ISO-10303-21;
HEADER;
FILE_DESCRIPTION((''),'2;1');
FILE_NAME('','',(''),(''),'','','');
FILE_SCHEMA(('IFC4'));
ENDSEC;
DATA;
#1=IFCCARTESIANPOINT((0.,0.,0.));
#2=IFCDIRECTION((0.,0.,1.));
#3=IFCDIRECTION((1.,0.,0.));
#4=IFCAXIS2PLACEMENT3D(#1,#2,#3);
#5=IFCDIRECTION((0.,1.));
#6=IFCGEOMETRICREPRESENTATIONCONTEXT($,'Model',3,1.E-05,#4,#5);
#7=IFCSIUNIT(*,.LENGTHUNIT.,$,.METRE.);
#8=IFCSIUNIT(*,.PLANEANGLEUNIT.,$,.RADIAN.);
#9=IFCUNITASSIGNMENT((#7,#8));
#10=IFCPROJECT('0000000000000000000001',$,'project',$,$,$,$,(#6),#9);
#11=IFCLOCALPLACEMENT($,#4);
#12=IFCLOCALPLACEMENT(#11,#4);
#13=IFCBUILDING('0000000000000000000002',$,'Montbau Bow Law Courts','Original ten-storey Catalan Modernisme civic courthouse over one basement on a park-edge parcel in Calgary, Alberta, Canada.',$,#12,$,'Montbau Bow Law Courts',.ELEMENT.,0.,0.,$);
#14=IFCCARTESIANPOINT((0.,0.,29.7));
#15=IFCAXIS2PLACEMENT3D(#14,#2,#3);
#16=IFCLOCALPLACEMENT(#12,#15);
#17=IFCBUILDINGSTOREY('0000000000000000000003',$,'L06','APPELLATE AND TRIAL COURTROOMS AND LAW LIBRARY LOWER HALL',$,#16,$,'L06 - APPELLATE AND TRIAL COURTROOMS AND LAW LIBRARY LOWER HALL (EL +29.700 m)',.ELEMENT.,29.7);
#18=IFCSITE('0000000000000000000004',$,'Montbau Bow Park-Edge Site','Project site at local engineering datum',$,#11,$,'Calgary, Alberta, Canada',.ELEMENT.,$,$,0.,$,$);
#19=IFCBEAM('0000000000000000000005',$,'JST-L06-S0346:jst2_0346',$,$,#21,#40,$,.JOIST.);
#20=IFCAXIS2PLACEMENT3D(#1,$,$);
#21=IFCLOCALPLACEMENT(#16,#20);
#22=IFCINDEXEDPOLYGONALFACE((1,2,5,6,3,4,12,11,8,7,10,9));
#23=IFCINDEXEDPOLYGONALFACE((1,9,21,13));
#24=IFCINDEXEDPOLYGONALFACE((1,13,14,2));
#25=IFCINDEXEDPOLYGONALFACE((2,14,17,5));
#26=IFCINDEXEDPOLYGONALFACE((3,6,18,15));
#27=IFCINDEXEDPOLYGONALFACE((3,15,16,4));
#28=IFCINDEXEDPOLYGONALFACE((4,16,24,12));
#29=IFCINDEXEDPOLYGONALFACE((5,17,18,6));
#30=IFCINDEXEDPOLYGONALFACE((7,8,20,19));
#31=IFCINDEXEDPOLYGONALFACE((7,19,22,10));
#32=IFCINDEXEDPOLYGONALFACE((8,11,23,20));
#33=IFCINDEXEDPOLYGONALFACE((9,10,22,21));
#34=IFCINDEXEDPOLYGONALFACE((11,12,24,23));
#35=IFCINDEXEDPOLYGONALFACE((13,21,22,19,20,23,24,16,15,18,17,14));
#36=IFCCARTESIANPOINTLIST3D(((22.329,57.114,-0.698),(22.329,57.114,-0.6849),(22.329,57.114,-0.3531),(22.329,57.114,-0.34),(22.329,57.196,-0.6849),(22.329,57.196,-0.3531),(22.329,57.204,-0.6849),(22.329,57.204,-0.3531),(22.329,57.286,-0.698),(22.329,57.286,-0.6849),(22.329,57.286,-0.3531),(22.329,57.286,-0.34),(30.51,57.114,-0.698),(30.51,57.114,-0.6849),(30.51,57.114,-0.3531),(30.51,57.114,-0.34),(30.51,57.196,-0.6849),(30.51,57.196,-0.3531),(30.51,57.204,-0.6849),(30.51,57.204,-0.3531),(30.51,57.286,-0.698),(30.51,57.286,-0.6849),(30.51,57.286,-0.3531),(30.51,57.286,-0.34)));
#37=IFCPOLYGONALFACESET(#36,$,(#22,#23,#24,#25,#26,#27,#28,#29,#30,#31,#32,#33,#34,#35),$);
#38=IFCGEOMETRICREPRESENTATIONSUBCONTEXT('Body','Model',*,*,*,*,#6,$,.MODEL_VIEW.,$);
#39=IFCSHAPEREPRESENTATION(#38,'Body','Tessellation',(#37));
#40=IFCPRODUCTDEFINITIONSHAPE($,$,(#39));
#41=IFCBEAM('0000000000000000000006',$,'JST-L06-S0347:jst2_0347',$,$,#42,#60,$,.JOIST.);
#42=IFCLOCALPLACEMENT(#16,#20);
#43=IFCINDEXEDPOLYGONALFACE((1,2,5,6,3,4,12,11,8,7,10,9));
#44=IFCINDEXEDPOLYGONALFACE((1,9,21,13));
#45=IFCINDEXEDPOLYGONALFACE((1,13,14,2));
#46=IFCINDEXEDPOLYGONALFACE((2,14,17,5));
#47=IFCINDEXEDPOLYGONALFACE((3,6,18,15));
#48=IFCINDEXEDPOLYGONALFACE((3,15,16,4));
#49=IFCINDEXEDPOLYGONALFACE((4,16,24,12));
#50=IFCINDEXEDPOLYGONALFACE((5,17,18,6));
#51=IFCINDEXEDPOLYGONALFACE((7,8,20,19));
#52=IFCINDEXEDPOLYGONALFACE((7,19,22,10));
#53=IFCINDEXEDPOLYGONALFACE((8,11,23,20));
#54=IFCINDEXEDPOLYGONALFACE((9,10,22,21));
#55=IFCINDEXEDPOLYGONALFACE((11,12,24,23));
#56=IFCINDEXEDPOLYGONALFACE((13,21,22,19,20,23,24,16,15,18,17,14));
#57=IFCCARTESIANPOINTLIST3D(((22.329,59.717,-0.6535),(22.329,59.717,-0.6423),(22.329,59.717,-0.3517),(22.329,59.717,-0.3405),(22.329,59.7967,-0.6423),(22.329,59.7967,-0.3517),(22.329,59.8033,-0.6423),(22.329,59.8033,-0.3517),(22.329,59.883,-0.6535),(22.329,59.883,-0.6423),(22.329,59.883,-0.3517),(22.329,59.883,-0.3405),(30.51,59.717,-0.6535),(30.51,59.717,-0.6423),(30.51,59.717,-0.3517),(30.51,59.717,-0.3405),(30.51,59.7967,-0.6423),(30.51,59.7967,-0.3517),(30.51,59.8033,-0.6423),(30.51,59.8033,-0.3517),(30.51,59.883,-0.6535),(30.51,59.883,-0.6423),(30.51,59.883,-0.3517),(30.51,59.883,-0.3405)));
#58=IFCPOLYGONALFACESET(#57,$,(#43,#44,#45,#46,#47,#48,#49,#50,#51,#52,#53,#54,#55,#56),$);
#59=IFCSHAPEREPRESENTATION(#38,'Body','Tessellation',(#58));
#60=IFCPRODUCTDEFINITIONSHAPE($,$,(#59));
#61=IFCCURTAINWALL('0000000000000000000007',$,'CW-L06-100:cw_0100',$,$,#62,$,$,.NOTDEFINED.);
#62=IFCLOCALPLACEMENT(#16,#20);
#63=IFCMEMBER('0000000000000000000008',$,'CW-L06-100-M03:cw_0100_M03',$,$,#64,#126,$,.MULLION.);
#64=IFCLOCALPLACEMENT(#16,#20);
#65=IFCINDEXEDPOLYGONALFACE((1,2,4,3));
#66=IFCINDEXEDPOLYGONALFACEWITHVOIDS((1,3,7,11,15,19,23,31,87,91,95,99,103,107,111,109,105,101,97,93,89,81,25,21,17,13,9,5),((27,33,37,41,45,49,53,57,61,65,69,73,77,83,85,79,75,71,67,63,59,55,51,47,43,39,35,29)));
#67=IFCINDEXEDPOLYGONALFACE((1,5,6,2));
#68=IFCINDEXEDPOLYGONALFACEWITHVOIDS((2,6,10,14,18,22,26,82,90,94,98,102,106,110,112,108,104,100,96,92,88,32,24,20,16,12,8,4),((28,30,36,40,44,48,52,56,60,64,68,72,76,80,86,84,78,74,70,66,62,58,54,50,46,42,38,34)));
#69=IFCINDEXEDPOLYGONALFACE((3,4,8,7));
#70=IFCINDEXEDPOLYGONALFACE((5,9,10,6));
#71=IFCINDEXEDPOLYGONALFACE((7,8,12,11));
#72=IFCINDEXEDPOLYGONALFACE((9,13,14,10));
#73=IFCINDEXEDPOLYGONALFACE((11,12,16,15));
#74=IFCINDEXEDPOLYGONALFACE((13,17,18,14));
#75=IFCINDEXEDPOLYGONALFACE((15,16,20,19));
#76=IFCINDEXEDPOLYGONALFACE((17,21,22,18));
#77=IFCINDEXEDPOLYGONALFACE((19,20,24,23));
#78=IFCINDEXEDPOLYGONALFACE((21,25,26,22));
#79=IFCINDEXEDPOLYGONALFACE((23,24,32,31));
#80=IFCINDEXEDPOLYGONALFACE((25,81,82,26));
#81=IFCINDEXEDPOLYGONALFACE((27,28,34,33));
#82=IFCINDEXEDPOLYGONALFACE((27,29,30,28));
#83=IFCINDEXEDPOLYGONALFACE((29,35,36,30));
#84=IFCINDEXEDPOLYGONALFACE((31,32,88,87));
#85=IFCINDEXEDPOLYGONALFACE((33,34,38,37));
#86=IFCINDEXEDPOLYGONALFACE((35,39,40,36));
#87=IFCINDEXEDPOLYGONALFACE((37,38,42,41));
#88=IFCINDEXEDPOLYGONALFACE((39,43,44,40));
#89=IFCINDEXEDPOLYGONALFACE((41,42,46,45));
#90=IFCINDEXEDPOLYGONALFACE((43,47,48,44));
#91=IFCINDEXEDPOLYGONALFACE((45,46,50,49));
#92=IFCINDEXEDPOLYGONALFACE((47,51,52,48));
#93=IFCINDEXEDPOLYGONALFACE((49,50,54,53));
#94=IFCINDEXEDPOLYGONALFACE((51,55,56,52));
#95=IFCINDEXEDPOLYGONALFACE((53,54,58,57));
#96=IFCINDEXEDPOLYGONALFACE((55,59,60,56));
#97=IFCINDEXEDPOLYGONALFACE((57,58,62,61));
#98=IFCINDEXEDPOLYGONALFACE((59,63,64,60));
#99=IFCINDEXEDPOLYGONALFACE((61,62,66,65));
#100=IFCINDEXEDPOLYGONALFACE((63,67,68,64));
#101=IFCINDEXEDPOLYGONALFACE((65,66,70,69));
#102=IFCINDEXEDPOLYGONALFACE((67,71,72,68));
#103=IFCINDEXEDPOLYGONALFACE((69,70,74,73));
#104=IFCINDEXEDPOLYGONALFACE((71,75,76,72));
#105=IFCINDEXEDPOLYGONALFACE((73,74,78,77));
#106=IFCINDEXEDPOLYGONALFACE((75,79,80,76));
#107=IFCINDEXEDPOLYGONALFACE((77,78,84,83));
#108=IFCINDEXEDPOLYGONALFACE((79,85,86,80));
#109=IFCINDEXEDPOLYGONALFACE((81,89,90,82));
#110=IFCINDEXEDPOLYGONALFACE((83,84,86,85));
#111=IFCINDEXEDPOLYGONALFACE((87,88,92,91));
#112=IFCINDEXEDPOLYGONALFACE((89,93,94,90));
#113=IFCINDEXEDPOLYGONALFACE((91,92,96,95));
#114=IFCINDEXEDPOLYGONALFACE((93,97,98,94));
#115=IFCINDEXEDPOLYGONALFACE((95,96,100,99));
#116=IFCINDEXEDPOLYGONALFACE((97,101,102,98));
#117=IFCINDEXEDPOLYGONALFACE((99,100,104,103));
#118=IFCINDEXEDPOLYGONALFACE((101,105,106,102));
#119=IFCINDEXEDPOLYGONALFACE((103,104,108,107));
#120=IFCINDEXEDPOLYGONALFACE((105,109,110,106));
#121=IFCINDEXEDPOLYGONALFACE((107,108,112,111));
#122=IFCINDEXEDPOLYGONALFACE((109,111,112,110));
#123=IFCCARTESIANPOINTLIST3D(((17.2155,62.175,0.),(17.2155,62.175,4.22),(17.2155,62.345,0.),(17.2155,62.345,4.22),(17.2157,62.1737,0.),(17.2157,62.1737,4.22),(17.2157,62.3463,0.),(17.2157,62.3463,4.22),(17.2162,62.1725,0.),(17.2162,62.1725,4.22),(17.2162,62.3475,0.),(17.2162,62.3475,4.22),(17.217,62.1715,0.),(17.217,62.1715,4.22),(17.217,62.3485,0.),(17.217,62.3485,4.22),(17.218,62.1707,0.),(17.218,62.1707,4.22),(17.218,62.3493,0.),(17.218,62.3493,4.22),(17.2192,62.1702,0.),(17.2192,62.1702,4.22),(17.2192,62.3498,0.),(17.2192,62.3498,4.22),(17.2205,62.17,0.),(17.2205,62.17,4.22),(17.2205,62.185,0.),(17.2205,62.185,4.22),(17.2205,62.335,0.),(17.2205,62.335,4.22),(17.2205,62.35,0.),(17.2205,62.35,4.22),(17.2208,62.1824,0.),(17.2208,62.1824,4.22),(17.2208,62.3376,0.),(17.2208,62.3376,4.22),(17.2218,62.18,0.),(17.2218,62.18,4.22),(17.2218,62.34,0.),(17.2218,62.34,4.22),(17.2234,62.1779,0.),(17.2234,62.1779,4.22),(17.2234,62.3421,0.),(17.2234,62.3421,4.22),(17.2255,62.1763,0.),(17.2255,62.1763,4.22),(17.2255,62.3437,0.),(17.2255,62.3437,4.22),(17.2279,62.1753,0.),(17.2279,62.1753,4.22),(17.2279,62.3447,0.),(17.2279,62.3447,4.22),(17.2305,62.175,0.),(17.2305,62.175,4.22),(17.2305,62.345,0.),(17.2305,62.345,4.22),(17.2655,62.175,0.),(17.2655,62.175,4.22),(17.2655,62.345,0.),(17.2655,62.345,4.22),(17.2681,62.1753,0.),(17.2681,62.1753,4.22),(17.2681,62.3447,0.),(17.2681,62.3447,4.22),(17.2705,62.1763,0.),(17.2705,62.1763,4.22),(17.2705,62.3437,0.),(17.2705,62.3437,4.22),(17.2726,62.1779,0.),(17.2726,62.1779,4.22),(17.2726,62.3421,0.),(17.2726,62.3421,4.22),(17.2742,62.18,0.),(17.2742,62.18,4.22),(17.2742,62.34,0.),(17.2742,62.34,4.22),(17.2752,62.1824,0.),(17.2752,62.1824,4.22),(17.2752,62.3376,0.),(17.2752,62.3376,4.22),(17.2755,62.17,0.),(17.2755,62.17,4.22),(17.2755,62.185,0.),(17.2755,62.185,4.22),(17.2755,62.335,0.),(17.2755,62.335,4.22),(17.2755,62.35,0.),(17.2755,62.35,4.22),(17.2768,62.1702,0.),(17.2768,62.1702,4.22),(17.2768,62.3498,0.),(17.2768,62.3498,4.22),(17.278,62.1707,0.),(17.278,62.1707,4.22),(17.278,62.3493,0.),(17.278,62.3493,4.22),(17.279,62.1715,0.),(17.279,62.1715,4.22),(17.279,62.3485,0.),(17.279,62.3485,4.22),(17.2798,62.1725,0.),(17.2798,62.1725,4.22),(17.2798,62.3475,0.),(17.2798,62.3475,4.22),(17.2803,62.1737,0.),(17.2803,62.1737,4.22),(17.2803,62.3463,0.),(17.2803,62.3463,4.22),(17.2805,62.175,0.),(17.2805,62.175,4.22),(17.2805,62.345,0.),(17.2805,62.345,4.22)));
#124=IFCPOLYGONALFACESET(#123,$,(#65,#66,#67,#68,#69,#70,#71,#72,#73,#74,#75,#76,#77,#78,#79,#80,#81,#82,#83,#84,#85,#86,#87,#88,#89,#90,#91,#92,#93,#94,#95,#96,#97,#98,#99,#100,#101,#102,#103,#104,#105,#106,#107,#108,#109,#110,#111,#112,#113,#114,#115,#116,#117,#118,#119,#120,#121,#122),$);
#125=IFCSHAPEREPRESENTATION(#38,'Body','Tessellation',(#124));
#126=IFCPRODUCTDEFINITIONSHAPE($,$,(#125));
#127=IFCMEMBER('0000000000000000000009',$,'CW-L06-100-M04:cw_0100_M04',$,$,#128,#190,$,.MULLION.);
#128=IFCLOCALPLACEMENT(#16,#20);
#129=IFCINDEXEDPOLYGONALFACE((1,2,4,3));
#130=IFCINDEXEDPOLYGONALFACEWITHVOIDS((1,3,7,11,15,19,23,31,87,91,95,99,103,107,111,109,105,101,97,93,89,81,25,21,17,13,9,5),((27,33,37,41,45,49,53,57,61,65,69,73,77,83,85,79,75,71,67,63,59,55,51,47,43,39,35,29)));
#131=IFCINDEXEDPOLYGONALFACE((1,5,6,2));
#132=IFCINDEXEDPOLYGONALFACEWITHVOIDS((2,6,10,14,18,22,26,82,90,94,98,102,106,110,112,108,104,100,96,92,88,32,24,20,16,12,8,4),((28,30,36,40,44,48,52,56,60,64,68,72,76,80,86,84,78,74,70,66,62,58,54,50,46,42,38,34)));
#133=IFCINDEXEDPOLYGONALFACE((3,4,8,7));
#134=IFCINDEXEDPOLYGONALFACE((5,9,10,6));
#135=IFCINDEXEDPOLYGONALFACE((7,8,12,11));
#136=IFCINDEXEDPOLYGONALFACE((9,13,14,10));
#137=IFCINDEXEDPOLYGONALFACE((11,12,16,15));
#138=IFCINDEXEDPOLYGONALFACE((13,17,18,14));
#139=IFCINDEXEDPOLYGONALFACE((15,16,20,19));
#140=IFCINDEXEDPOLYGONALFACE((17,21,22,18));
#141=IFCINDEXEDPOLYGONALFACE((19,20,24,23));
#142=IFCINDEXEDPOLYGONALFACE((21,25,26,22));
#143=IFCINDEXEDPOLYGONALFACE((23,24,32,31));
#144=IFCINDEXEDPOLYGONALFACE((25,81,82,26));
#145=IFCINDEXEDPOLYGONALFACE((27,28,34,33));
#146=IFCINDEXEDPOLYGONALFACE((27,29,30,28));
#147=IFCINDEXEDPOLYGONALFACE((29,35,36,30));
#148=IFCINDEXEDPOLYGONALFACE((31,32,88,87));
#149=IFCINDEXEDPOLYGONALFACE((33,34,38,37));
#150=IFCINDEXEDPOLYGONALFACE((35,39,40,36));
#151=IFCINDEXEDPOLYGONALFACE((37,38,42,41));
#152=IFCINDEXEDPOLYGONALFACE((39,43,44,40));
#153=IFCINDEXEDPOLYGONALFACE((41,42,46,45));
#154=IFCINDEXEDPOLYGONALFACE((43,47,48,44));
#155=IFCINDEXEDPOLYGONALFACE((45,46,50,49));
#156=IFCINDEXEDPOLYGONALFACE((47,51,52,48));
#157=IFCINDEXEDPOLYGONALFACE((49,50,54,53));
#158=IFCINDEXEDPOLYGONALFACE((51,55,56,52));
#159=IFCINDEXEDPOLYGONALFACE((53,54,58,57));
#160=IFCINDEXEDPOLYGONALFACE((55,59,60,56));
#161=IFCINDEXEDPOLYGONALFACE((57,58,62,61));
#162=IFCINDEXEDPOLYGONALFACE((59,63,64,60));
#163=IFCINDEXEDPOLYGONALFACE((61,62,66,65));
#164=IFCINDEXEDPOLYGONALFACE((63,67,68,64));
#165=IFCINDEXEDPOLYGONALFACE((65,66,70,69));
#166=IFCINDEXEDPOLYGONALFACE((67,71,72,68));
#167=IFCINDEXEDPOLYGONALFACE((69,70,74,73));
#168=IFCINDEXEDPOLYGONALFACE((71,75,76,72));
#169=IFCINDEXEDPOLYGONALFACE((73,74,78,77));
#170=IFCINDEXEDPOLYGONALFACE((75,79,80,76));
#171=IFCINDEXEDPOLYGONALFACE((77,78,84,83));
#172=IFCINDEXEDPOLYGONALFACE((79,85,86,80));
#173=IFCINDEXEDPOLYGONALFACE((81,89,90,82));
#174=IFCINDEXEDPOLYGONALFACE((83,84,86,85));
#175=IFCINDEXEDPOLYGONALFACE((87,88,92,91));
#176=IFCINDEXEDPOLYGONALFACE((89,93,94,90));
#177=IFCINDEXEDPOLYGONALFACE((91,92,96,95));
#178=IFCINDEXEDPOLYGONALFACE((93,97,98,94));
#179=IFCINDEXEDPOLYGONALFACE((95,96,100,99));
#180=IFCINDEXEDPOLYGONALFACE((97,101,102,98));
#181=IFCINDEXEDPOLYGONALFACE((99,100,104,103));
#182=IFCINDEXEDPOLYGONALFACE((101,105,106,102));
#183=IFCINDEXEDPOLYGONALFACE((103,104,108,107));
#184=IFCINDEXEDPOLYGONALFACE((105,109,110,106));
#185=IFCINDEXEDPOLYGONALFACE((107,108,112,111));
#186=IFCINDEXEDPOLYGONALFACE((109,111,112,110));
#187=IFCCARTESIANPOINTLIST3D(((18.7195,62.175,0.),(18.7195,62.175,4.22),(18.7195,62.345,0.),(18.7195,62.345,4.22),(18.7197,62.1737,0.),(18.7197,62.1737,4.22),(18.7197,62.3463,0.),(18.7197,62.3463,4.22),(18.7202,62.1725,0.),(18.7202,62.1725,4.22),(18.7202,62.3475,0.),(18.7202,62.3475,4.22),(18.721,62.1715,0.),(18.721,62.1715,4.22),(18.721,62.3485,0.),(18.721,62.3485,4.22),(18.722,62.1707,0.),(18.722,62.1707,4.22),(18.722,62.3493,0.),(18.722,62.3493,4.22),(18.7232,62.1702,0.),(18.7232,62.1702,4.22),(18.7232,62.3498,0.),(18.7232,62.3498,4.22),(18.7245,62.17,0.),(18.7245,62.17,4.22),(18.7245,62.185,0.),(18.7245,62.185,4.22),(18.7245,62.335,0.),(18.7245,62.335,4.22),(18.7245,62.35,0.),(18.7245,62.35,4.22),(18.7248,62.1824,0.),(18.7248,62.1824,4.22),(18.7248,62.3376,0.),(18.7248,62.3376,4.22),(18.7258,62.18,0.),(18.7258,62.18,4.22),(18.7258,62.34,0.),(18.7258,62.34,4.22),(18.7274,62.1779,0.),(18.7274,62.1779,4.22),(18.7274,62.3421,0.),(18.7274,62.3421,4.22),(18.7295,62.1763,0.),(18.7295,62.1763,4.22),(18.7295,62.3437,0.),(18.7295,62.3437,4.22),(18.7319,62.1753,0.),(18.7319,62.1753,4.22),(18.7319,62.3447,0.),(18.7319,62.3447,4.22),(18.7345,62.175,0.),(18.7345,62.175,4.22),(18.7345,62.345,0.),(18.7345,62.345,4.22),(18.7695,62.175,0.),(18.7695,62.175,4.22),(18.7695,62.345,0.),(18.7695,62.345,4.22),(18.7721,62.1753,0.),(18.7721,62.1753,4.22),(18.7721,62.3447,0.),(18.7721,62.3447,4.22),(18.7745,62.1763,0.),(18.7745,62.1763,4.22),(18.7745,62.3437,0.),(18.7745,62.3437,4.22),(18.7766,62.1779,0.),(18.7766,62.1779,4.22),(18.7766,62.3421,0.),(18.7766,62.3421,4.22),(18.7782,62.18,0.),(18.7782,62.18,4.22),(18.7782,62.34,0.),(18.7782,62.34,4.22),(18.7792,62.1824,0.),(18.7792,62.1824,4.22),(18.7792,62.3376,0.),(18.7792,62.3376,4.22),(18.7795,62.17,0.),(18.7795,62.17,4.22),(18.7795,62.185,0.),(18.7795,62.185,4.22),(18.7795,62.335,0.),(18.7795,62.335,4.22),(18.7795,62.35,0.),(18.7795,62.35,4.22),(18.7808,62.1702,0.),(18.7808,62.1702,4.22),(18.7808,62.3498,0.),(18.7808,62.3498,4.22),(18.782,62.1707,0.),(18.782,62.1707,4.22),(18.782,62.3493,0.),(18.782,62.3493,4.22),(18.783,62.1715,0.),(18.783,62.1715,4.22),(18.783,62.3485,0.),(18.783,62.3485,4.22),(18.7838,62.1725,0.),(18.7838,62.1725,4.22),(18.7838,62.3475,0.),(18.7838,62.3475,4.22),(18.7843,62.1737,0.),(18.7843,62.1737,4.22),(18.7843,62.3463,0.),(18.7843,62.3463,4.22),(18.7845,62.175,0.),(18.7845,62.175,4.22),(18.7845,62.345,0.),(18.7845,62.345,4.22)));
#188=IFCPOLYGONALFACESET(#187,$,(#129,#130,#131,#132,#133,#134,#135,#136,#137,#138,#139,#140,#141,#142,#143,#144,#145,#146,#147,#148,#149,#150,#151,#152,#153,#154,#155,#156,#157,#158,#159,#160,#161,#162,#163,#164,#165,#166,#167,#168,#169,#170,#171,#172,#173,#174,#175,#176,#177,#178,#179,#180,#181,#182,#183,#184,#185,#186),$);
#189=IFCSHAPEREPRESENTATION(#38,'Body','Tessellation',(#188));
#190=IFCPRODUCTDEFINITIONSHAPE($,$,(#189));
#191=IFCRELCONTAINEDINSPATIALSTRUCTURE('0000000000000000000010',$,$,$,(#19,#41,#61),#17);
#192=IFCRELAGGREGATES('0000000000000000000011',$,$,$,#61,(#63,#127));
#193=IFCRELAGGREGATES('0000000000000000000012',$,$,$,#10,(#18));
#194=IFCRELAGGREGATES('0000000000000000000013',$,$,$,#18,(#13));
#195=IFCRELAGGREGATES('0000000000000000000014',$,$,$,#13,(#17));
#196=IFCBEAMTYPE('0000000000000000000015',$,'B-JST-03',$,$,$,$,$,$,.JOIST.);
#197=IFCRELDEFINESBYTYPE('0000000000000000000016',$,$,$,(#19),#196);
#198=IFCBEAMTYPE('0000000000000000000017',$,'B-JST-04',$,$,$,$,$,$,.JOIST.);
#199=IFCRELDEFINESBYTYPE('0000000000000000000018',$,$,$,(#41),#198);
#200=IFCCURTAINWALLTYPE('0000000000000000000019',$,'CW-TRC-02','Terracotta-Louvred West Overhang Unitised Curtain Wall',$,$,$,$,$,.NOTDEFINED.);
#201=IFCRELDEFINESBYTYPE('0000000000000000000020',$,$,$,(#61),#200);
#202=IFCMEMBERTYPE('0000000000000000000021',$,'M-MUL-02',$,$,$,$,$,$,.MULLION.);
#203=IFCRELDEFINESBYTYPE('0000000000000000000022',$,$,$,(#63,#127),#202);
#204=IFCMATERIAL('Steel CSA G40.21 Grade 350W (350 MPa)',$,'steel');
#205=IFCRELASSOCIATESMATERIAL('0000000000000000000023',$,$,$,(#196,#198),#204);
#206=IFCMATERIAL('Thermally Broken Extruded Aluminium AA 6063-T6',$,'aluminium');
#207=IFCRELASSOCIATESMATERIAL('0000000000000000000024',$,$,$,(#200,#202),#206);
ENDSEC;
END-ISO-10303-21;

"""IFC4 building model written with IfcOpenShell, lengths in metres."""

from ifc_helpers import new_model, si_unit, direction, frame, origin_with_axes, origin_2d_with_axis, place, context, subcontext, project, spatial, hollow_rectangle, i_section, extrude, material, material_profile, profile_set, type_object, element, aggregate, save


model = new_model("IFC4")

# Units and contexts
model_context = context("Model", 3, precision=1e-05, world=origin_with_axes(), true_north=direction((0.0, 1.0)))
body_context = subcontext(model_context, "Body", "Model", "MODEL_VIEW")
ifc_project = project(units=[si_unit("LENGTHUNIT", "METRE"), si_unit("PLANEANGLEUNIT", "RADIAN")], contexts=[model_context])

# Site, building, storey
site_placement = place(None, origin_with_axes())
site = spatial("IfcSite", under=ifc_project, at=site_placement, Name="Montbau Bow Park-Edge Site", Description="Project site at local engineering datum", LongName="Calgary, Alberta, Canada", CompositionType="ELEMENT", RefElevation=0.0)
building_placement = place(site_placement, origin_with_axes())
building = spatial("IfcBuilding", under=site, at=building_placement, Name="Montbau Bow Law Courts", Description="Original ten-storey Catalan Modernisme civic courthouse over one basement on a park-edge parcel in Calgary, Alberta, Canada.", LongName="Montbau Bow Law Courts", CompositionType="ELEMENT", ElevationOfRefHeight=0.0, ElevationOfTerrain=0.0)
storey_placement = place(building_placement, frame((0.0, 0.0, 29.7), z_axis=(0.0, 0.0, 1.0), x_axis=(1.0, 0.0, 0.0)))
storey = spatial("IfcBuildingStorey", under=building, at=storey_placement, Name="L06", Description="APPELLATE AND TRIAL COURTROOMS AND LAW LIBRARY LOWER HALL", LongName="L06 - APPELLATE AND TRIAL COURTROOMS AND LAW LIBRARY LOWER HALL (EL +29.700 m)", CompositionType="ELEMENT", Elevation=29.7)

# Shared definitions
ifc_material_1 = material(Name="Steel CSA G40.21 Grade 350W (350 MPa)", Category="steel")

# Beams
ifc_material_profile_1 = material_profile(ifc_material_1, i_section(OverallWidth=0.172, OverallDepth=0.358, WebThickness=0.0079, FlangeThickness=0.0131, at=origin_2d_with_axis()), Name="W360X57", Category="Main", Priority=0)
ifc_profile_set_1 = profile_set([ifc_material_profile_1], Name="Steel CSA G40.21 Grade 350W (350 MPa)")
beam_type_1 = type_object("IfcBeamType", Name="B-JST-03", PredefinedType="JOIST", material=ifc_profile_set_1)
beam_1_placement = place(None, frame((22.329, 57.2, 29.181), z_axis=(1.0, 0.0, 0.0), x_axis=(0.0, 1.0, 0.0)))
element("IfcBeam", 1, at=beam_1_placement, inside=storey, type_object=beam_type_1, Name="JST-L06-S0346:jst2_0346", PredefinedType="JOIST", context=body_context, shape_type="SweptSolid", body=[
    extrude(i_section(OverallWidth=0.172, OverallDepth=0.358, WebThickness=0.0079, FlangeThickness=0.0131, at=origin_2d_with_axis()), origin_with_axes(), (0.0, 0.0, 1.0), 8.181),
])
ifc_material_profile_2 = material_profile(ifc_material_1, i_section(OverallWidth=0.166, OverallDepth=0.313, WebThickness=0.0066, FlangeThickness=0.0112, at=origin_2d_with_axis()), Name="W310X45", Category="Main", Priority=0)
ifc_profile_set_2 = profile_set([ifc_material_profile_2], Name="Steel CSA G40.21 Grade 350W (350 MPa)")
beam_type_2 = type_object("IfcBeamType", Name="B-JST-04", PredefinedType="JOIST", material=ifc_profile_set_2)
beam_2_placement = place(None, frame((22.329, 59.8, 29.203), z_axis=(1.0, 0.0, 0.0), x_axis=(0.0, 1.0, 0.0)))
element("IfcBeam", 2, at=beam_2_placement, inside=storey, type_object=beam_type_2, Name="JST-L06-S0347:jst2_0347", PredefinedType="JOIST", context=body_context, shape_type="SweptSolid", body=[
    extrude(i_section(OverallWidth=0.166, OverallDepth=0.313, WebThickness=0.0066, FlangeThickness=0.0112, at=origin_2d_with_axis()), origin_with_axes(), (0.0, 0.0, 1.0), 8.181),
])

# Curtain wall, members
ifc_material_2 = material(Name="Thermally Broken Extruded Aluminium AA 6063-T6", Category="aluminium")
curtain_wall_type = type_object("IfcCurtainWallType", Name="CW-TRC-02", Description="Terracotta-Louvred West Overhang Unitised Curtain Wall", PredefinedType="NOTDEFINED", material=ifc_material_2)
curtain_wall_placement = place(None, frame((14.24, 62.26, 29.7), z_axis=(0.0, 0.0, 1.0), x_axis=(1.0, 0.0, 0.0)))
curtain_wall = element("IfcCurtainWall", 3, at=curtain_wall_placement, inside=storey, type_object=curtain_wall_type, Name="CW-L06-100:cw_0100", PredefinedType="NOTDEFINED")
ifc_material_profile_3 = material_profile(ifc_material_2, hollow_rectangle(XDim=0.065, YDim=0.18, WallThickness=0.005, InnerFilletRadius=0.01, OuterFilletRadius=0.005, at=origin_2d_with_axis()), Name="CWM-180X65", Category="Main", Priority=0)
ifc_profile_set_3 = profile_set([ifc_material_profile_3], Name="Thermally Broken Extruded Aluminium AA 6063-T6")
member_type_1 = type_object("IfcMemberType", Name="M-MUL-02", PredefinedType="MULLION", material=ifc_profile_set_3)
member_1_placement = place(None, frame((17.248, 62.26, 29.7), z_axis=(0.0, 0.0, 1.0), x_axis=(1.0, 0.0, 0.0)))
member_1 = element("IfcMember", 4, at=member_1_placement, type_object=member_type_1, Name="CW-L06-100-M03:cw_0100_M03", PredefinedType="MULLION", context=body_context, shape_type="SweptSolid", body=[
    extrude(hollow_rectangle(XDim=0.065, YDim=0.18, WallThickness=0.005, InnerFilletRadius=0.01, OuterFilletRadius=0.005, at=origin_2d_with_axis()), origin_with_axes(), (0.0, 0.0, 1.0), 4.22),
])
member_2_placement = place(None, frame((18.752, 62.26, 29.7), z_axis=(0.0, 0.0, 1.0), x_axis=(1.0, 0.0, 0.0)))
member_2 = element("IfcMember", 5, at=member_2_placement, type_object=member_type_1, Name="CW-L06-100-M04:cw_0100_M04", PredefinedType="MULLION", context=body_context, shape_type="SweptSolid", body=[
    extrude(hollow_rectangle(XDim=0.065, YDim=0.18, WallThickness=0.005, InnerFilletRadius=0.01, OuterFilletRadius=0.005, at=origin_2d_with_axis()), origin_with_axes(), (0.0, 0.0, 1.0), 4.22),
])
aggregate(curtain_wall, [member_1, member_2])

save(model, "model.ifc")
